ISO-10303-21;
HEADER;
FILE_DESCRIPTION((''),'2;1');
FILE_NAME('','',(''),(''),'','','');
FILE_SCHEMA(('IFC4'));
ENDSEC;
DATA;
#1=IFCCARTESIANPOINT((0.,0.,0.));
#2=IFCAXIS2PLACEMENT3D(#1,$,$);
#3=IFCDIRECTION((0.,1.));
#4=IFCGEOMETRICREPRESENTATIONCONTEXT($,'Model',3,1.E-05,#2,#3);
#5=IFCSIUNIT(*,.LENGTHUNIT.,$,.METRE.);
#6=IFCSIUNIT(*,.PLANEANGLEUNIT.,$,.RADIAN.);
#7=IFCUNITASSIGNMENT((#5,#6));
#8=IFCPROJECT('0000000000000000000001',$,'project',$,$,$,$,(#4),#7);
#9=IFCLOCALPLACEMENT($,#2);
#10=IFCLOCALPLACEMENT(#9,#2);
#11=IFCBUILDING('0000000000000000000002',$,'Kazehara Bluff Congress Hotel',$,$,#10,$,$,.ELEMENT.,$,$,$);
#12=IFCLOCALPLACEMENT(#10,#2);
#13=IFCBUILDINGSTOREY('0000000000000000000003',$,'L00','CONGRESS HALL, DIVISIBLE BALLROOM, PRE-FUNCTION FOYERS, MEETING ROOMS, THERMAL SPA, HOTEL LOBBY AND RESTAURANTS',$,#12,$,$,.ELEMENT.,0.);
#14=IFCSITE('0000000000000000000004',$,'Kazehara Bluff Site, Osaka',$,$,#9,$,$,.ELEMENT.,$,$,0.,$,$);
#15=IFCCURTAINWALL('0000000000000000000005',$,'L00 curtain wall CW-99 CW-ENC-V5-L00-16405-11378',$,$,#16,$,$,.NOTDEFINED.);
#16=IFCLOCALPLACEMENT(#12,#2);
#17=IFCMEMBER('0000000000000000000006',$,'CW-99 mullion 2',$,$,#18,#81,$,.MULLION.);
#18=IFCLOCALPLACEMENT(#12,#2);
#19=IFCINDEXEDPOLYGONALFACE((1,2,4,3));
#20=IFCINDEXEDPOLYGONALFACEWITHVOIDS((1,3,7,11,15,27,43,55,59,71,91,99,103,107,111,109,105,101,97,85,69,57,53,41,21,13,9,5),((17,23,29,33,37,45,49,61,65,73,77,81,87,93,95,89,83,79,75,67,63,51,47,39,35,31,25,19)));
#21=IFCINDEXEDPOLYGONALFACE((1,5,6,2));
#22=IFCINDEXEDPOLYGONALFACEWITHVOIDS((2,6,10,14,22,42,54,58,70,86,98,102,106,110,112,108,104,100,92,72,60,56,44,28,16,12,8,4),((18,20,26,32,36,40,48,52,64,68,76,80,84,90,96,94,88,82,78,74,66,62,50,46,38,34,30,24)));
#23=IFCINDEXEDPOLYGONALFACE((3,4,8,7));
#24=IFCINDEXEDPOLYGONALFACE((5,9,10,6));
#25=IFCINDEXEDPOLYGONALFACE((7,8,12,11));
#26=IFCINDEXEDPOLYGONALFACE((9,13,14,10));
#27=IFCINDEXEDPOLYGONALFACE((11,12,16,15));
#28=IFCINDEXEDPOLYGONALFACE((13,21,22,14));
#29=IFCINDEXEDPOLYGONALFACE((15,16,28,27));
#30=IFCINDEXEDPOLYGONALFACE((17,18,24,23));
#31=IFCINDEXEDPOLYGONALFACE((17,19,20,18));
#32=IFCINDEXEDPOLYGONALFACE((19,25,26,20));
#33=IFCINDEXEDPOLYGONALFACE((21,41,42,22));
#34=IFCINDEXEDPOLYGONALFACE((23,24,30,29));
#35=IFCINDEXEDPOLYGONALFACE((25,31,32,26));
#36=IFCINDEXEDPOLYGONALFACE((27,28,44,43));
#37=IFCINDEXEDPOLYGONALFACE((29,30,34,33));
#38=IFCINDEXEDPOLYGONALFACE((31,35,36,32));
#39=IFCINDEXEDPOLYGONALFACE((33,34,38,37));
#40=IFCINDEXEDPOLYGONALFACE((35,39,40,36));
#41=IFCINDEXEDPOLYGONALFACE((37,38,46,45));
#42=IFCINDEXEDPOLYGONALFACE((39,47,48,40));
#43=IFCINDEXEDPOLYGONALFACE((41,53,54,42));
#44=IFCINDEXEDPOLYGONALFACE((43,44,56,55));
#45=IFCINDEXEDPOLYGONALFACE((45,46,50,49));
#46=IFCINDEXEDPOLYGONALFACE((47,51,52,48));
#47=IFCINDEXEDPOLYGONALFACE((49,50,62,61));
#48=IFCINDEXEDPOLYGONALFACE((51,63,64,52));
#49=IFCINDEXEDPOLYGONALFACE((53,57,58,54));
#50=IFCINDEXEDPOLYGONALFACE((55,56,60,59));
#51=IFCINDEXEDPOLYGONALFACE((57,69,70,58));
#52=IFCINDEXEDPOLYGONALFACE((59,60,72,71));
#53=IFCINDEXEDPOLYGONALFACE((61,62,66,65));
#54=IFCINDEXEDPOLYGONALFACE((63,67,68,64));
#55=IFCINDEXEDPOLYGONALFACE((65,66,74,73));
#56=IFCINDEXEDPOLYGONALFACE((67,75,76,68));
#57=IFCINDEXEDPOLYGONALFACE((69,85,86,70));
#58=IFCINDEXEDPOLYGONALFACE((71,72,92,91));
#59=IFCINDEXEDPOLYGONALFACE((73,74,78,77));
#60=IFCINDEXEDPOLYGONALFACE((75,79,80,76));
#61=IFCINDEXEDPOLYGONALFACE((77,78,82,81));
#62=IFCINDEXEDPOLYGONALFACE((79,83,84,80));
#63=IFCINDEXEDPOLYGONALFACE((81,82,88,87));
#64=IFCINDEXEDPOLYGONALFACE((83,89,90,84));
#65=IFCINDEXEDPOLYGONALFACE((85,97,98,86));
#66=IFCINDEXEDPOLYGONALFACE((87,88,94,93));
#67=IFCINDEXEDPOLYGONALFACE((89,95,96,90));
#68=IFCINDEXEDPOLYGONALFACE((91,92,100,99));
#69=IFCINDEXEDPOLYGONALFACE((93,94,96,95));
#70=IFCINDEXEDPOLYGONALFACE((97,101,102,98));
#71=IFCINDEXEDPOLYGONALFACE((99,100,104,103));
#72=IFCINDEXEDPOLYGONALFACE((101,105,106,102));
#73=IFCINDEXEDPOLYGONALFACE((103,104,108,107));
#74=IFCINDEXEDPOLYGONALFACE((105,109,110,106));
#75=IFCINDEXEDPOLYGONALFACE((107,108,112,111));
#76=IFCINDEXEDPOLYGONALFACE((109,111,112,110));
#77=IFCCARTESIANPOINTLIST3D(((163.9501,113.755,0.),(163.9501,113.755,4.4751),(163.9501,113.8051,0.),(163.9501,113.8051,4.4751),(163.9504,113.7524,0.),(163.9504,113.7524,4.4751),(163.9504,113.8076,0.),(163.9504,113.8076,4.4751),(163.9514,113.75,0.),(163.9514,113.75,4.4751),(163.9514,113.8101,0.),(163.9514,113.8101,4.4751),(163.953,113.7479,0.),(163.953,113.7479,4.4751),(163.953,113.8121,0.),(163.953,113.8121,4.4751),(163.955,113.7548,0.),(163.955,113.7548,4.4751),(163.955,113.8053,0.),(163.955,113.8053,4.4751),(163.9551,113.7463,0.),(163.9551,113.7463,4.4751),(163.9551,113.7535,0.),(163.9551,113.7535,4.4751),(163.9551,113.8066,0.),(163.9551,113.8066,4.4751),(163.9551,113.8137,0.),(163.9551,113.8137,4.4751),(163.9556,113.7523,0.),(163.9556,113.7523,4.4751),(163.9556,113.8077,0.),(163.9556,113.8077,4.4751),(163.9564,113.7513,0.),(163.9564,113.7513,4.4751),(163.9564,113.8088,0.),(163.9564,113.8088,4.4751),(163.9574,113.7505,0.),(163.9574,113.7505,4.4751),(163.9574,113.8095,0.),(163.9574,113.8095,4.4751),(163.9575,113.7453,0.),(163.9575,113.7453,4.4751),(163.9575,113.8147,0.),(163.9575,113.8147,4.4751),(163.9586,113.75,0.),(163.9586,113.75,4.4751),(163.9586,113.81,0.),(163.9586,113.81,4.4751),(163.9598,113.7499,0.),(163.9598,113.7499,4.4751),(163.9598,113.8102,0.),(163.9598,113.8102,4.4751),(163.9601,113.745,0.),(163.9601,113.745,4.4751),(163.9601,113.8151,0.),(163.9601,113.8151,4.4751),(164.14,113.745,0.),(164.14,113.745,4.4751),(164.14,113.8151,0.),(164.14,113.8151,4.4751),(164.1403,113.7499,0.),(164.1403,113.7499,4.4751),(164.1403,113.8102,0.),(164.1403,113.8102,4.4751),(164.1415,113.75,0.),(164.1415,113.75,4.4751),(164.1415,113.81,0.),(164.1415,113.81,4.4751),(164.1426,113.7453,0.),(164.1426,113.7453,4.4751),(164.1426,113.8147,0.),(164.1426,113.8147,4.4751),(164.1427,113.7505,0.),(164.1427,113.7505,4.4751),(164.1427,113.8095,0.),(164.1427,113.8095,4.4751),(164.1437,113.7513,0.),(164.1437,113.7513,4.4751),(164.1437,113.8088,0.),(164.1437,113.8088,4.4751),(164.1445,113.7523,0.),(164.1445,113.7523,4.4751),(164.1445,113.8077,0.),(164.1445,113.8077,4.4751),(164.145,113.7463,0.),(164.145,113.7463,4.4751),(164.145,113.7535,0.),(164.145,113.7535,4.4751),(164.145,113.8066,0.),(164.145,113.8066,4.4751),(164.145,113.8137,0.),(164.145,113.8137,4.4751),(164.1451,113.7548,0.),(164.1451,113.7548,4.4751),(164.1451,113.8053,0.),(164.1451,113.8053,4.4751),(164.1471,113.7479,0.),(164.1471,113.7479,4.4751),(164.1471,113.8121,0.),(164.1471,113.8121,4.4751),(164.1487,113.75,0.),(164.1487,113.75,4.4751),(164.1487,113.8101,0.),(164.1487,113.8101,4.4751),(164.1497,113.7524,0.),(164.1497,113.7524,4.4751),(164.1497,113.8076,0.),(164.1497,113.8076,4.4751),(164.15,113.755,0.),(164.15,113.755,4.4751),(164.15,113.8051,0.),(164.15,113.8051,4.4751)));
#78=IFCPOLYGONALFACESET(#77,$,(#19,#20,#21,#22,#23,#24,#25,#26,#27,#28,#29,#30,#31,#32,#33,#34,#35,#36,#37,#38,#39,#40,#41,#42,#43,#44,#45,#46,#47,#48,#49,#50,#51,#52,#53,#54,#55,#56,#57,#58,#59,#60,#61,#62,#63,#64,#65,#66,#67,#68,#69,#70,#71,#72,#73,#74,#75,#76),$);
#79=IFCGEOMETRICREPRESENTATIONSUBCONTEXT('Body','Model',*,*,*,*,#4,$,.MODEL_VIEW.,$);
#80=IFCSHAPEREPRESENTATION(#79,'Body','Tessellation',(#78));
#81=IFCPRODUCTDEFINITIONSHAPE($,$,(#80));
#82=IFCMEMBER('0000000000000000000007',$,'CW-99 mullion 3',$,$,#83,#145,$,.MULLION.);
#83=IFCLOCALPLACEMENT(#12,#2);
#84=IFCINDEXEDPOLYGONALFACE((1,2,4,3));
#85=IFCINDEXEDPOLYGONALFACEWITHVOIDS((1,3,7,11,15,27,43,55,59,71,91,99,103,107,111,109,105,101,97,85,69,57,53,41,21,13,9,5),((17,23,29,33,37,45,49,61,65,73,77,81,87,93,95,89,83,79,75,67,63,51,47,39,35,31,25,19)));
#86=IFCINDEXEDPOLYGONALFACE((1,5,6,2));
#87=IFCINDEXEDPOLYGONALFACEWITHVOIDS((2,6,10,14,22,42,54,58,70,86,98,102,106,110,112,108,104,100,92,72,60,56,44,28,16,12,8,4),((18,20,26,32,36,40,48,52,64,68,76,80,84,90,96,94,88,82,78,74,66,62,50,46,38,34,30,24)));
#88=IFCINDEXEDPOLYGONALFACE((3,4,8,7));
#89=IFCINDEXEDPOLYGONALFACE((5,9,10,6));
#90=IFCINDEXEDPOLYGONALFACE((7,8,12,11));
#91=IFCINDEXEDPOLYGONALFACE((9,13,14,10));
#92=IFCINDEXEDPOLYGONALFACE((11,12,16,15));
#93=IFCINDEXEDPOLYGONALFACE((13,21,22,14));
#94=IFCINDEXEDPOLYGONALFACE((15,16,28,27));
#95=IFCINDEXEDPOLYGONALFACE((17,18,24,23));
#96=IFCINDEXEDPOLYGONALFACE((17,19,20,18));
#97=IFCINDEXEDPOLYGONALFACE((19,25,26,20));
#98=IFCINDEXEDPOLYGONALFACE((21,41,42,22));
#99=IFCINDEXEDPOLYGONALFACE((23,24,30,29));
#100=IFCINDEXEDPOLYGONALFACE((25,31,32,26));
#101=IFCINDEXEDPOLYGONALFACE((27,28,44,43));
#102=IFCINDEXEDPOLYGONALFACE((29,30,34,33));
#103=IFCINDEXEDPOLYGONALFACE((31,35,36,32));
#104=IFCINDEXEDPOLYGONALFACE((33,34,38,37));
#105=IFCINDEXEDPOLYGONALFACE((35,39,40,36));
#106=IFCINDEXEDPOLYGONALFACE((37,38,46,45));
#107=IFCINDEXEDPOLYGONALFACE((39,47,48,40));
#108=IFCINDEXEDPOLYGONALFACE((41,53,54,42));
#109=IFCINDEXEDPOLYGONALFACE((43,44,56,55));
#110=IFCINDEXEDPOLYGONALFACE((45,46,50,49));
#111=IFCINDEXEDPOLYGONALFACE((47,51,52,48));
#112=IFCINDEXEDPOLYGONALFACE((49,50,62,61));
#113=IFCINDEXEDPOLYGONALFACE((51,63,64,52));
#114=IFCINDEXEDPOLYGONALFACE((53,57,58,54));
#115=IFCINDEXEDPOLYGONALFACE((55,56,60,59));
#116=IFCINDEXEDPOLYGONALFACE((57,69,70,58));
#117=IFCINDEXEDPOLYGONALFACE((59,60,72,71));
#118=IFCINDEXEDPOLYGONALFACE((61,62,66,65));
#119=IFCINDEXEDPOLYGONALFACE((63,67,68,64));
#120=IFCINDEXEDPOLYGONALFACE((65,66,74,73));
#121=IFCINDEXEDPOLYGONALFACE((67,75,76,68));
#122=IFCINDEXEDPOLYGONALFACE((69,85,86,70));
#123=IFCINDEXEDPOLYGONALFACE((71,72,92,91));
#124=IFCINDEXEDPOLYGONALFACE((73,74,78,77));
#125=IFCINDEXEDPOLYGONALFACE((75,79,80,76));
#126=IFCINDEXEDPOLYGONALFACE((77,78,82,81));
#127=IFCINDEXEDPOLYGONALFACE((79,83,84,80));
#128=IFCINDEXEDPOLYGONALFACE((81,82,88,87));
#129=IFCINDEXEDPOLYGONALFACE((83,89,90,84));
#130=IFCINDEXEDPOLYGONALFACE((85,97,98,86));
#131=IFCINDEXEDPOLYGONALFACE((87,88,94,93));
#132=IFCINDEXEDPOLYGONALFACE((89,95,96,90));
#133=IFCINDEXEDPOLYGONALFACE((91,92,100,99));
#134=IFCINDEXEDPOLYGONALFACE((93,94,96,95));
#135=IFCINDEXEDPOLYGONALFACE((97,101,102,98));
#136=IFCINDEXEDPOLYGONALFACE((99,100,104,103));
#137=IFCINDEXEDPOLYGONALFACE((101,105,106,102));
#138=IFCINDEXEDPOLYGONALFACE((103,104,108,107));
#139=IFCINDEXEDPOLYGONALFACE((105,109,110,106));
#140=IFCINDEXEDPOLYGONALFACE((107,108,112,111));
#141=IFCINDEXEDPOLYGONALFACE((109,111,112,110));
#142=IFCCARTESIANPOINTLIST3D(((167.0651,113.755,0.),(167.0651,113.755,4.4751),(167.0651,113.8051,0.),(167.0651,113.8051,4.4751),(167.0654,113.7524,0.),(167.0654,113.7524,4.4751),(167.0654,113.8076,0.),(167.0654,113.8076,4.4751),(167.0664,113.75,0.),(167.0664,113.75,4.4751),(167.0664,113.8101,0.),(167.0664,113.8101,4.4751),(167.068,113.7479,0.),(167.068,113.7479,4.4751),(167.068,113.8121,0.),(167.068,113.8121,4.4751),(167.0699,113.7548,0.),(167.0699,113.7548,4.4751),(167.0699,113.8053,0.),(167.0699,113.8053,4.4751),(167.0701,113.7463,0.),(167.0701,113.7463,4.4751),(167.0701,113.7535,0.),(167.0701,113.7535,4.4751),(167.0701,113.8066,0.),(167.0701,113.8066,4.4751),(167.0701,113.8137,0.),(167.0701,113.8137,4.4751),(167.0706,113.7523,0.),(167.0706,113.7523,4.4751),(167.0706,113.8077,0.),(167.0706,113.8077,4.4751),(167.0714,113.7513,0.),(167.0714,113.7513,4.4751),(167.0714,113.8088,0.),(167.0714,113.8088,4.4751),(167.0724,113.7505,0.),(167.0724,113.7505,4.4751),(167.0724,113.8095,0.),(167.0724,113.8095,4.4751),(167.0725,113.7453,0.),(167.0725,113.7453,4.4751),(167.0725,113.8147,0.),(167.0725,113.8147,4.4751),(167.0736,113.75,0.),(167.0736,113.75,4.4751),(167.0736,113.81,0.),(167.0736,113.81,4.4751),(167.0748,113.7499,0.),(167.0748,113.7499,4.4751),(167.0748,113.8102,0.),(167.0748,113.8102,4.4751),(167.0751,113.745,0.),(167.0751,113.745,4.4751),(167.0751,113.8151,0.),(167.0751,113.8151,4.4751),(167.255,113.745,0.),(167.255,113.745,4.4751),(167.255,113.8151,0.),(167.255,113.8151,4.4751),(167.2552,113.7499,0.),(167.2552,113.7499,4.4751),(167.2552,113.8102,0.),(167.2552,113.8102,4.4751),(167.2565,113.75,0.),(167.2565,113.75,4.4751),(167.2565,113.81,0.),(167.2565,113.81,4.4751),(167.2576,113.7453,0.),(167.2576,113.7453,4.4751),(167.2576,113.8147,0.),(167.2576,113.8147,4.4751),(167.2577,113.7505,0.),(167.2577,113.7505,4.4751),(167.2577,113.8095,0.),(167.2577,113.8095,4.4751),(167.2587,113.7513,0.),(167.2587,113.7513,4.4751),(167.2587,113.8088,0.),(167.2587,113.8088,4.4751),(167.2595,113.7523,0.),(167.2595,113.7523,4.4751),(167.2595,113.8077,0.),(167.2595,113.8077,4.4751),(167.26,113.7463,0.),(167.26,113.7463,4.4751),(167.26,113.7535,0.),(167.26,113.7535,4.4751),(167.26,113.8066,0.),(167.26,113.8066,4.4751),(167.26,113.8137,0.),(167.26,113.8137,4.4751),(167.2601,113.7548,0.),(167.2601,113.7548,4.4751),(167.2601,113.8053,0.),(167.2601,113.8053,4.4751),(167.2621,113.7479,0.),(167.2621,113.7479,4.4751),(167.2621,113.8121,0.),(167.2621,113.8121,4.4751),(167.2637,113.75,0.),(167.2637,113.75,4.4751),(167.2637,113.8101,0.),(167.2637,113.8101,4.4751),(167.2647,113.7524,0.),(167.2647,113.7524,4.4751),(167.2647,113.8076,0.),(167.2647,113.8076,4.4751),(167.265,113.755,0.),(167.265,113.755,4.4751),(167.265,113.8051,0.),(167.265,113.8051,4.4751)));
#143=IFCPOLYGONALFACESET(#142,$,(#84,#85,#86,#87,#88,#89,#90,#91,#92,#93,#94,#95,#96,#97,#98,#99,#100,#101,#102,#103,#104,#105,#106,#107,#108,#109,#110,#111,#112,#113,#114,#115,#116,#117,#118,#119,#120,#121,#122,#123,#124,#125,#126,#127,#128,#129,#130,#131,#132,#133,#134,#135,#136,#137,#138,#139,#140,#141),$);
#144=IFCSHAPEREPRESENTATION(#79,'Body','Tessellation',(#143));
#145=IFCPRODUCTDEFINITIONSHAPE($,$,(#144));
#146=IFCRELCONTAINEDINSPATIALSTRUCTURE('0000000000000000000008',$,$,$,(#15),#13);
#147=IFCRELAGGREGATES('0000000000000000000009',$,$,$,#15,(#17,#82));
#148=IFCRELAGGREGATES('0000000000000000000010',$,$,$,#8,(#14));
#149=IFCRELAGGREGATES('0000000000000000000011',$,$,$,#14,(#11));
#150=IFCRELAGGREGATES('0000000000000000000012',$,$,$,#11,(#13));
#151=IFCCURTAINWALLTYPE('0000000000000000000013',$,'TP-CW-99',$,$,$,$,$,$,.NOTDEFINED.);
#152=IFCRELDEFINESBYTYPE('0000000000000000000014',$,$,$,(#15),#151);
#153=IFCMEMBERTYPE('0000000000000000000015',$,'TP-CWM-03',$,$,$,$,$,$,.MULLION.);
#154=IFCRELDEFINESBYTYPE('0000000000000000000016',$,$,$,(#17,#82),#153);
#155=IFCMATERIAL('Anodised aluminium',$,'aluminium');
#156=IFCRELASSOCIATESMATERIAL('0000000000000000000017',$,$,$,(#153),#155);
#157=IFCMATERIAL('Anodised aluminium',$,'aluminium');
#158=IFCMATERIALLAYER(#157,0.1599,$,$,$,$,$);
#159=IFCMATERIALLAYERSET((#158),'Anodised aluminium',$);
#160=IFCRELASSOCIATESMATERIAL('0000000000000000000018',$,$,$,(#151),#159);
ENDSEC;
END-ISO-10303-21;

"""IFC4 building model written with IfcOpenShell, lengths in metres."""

from ifc_helpers import new_model, si_unit, direction, frame, origin, origin_2d, place, context, subcontext, project, spatial, hollow_rectangle, extrude, material, layer, layer_set, material_profile, profile_set, type_object, element, aggregate, save


model = new_model("IFC4")

# Units and contexts
model_context = context("Model", 3, precision=1e-05, world=origin(), true_north=direction((0.0, 1.0)))
body_context = subcontext(model_context, "Body", "Model", "MODEL_VIEW")
ifc_project = project(units=[si_unit("LENGTHUNIT", "METRE"), si_unit("PLANEANGLEUNIT", "RADIAN")], contexts=[model_context])

# Site, building, storey
site_placement = place(None, origin())
site = spatial("IfcSite", under=ifc_project, at=site_placement, Name="Kazehara Bluff Site, Osaka", CompositionType="ELEMENT", RefElevation=0.0)
building_placement = place(site_placement, origin())
building = spatial("IfcBuilding", under=site, at=building_placement, Name="Kazehara Bluff Congress Hotel", CompositionType="ELEMENT")
storey_placement = place(building_placement, origin())
storey = spatial("IfcBuildingStorey", under=building, at=storey_placement, Name="L00", Description="CONGRESS HALL, DIVISIBLE BALLROOM, PRE-FUNCTION FOYERS, MEETING ROOMS, THERMAL SPA, HOTEL LOBBY AND RESTAURANTS", CompositionType="ELEMENT", Elevation=0.0)

# Shared definitions
ifc_material_1 = material(Name="Anodised aluminium", Category="aluminium")
ifc_material_profile_1 = material_profile(ifc_material_1, hollow_rectangle(XDim=0.0701, YDim=0.2, WallThickness=0.0049, InnerFilletRadius=0.0049, OuterFilletRadius=0.01, at=origin_2d()))
ifc_profile_set_1 = profile_set([ifc_material_profile_1], Name="Anodised aluminium")
member_type_1 = type_object("IfcMemberType", Name="TP-CWM-03", PredefinedType="MULLION", material=ifc_profile_set_1)

# Curtain wall, members
ifc_material_2 = material(Name="Anodised aluminium", Category="aluminium")
ifc_layer_1 = layer(ifc_material_2, 0.1599)
ifc_layer_set_1 = layer_set([ifc_layer_1], Name="Anodised aluminium")
curtain_wall_type_1 = type_object("IfcCurtainWallType", Name="TP-CW-99", PredefinedType="NOTDEFINED", material=ifc_layer_set_1)
curtain_wall_1_placement = place(storey_placement, origin())
curtain_wall_1 = element("IfcCurtainWall", 1, at=curtain_wall_1_placement, inside=storey, type_object=curtain_wall_type_1, Name="L00 curtain wall CW-99 CW-ENC-V5-L00-16405-11378", PredefinedType="NOTDEFINED")
member_1_placement = place(storey_placement, frame((164.05, 113.78, 0.0), z_axis=(0.0, 0.0, 1.0), x_axis=(0.0, 1.0, 0.0)))
member_1 = element("IfcMember", 2, at=member_1_placement, type_object=member_type_1, Name="CW-99 mullion 2", PredefinedType="MULLION", context=body_context, shape_type="SweptSolid", body=[
    extrude(hollow_rectangle(XDim=0.0701, YDim=0.2, WallThickness=0.0049, InnerFilletRadius=0.0049, OuterFilletRadius=0.01, at=origin_2d()), origin(), (0.0, 0.0, 1.0), 4.4751),
])
member_2_placement = place(storey_placement, frame((167.165, 113.78, 0.0), z_axis=(0.0, 0.0, 1.0), x_axis=(0.0, 1.0, 0.0)))
member_2 = element("IfcMember", 3, at=member_2_placement, type_object=member_type_1, Name="CW-99 mullion 3", PredefinedType="MULLION", context=body_context, shape_type="SweptSolid", body=[
    extrude(hollow_rectangle(XDim=0.0701, YDim=0.2, WallThickness=0.0049, InnerFilletRadius=0.0049, OuterFilletRadius=0.01, at=origin_2d()), origin(), (0.0, 0.0, 1.0), 4.4751),
])

aggregate(curtain_wall_1, [member_1, member_2])

save(model, "model.ifc")
